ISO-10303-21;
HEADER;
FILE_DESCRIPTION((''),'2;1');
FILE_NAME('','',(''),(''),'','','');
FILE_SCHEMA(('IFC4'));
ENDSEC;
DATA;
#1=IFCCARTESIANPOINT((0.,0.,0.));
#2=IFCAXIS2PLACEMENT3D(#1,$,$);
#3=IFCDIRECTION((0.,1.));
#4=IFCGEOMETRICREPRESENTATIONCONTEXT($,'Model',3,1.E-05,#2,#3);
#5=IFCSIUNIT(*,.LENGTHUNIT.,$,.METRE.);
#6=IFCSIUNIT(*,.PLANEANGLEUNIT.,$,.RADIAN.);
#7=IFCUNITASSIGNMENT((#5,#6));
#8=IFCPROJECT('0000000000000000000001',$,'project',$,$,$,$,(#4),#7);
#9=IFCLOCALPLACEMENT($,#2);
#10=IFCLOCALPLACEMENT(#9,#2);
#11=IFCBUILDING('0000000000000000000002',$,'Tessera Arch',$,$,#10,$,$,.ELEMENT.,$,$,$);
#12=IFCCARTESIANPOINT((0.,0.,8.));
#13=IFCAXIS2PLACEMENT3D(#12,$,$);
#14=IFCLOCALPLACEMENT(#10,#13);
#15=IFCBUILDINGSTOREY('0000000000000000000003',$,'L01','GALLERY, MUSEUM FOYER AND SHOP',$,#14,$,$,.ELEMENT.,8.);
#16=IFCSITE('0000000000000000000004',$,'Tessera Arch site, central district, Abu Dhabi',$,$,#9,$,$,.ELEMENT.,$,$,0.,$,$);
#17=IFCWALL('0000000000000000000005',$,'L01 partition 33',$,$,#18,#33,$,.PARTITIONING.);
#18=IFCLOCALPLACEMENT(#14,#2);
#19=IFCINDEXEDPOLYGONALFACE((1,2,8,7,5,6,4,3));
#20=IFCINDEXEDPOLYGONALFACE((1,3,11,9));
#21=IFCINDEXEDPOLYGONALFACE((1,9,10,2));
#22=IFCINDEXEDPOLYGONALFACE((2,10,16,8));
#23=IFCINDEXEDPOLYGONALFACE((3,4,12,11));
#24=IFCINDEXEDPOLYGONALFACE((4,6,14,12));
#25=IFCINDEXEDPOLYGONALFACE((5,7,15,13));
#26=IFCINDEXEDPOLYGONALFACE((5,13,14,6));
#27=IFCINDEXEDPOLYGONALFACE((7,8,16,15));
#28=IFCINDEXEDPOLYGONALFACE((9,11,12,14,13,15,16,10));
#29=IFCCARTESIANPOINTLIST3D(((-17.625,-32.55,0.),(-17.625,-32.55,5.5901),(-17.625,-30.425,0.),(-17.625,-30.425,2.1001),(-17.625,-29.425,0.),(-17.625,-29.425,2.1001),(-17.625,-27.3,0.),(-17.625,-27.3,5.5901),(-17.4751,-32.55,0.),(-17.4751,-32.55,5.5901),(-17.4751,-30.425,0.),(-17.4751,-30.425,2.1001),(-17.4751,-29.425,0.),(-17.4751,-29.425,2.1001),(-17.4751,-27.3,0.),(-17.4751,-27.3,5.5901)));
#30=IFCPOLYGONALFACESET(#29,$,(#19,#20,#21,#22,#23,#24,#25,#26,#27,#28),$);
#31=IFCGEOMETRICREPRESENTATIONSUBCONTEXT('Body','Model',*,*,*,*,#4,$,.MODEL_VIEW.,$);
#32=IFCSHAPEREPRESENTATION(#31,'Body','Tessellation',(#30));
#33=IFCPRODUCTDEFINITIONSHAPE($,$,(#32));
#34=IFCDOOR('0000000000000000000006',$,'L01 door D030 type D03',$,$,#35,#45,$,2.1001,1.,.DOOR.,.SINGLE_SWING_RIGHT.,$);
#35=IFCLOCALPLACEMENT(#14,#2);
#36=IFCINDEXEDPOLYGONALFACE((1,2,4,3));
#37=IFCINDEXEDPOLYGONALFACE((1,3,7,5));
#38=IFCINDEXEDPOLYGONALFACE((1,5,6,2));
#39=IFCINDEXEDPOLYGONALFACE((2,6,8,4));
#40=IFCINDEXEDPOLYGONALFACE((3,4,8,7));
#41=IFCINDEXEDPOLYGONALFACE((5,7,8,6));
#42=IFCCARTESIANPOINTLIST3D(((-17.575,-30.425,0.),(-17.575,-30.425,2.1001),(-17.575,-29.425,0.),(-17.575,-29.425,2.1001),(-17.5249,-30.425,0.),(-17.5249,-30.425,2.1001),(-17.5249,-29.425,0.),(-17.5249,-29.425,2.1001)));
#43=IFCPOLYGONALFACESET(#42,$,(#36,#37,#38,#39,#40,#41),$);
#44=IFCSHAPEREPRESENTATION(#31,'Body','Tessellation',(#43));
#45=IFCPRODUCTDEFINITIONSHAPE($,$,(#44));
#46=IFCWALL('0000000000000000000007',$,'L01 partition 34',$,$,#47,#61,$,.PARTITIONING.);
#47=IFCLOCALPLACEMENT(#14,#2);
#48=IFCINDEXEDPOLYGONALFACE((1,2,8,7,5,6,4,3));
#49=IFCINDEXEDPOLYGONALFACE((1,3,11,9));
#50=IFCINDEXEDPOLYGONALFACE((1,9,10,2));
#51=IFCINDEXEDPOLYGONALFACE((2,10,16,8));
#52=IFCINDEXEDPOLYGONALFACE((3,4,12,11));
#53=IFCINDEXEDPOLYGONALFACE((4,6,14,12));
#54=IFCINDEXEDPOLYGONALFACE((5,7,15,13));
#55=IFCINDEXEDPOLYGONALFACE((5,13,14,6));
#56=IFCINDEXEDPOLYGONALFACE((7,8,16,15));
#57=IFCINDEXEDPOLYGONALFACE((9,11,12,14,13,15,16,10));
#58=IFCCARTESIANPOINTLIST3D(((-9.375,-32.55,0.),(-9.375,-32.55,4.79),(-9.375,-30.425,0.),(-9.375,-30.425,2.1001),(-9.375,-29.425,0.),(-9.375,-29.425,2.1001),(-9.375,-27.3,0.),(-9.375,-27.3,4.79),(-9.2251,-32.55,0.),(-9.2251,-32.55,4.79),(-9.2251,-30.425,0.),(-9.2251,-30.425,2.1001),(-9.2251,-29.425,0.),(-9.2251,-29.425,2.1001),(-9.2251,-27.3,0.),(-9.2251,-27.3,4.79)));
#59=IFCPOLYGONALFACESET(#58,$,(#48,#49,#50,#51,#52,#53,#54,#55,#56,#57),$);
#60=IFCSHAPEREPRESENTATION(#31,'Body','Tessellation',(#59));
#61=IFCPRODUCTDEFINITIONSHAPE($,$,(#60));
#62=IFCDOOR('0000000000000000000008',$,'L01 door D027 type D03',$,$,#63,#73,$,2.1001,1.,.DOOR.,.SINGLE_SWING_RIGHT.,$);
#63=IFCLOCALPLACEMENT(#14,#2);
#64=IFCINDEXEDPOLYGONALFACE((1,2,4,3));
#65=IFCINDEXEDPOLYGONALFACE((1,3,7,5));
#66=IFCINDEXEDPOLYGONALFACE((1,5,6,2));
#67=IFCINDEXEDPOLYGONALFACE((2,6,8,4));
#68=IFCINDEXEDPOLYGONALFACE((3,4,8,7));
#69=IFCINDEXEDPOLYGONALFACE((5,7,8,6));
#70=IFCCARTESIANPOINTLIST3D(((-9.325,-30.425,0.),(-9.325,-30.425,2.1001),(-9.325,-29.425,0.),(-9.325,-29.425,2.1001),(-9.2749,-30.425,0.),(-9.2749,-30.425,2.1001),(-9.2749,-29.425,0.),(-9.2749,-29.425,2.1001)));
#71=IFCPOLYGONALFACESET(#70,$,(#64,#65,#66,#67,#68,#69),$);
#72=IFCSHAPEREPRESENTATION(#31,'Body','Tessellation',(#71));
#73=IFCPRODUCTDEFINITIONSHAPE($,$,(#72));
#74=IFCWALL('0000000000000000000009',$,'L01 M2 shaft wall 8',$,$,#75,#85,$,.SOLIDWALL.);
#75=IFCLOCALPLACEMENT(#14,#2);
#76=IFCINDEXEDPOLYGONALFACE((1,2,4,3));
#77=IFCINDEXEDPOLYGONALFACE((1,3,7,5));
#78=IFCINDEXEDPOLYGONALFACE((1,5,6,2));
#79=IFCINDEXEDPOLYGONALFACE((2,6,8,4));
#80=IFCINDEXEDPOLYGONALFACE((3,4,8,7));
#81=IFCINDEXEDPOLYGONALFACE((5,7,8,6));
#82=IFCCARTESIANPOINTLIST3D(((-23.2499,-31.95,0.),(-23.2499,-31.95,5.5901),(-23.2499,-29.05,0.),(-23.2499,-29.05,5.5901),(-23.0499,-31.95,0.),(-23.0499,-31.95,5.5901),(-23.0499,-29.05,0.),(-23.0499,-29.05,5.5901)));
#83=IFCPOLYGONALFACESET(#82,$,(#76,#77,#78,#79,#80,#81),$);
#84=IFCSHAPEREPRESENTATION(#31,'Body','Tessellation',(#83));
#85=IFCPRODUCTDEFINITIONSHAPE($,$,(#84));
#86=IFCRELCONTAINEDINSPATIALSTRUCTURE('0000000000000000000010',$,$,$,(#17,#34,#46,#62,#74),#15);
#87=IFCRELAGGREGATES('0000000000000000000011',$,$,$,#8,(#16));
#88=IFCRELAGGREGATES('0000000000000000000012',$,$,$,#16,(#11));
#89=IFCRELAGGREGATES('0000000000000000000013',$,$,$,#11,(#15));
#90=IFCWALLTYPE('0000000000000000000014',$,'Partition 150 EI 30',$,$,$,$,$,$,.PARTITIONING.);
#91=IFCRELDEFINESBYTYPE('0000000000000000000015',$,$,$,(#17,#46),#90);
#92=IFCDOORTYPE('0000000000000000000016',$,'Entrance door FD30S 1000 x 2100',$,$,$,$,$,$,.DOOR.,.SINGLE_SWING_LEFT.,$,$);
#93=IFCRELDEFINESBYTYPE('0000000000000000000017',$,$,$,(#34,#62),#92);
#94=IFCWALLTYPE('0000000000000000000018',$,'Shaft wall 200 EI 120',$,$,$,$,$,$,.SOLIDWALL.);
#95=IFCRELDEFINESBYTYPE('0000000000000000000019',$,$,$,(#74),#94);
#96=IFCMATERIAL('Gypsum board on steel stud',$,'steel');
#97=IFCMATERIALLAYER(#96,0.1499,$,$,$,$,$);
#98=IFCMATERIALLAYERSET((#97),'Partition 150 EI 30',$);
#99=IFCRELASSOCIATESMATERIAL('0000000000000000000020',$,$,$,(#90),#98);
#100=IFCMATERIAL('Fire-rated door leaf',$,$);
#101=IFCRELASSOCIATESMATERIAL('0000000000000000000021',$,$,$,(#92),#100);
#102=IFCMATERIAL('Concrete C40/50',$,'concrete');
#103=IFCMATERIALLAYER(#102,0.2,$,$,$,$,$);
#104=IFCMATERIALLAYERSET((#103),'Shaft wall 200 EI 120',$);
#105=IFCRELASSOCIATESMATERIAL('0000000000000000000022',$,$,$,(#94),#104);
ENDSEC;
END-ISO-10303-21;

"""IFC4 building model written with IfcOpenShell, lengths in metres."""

from ifc_helpers import new_model, si_unit, direction, frame, frame_2d, origin, place, context, subcontext, project, spatial, rectangle, extrude, material, layer, layer_set, type_object, element, fill, save


model = new_model("IFC4")

# Units and contexts
model_context = context("Model", 3, precision=1e-05, world=origin(), true_north=direction((0.0, 1.0)))
body_context = subcontext(model_context, "Body", "Model", "MODEL_VIEW")
ifc_project = project(units=[si_unit("LENGTHUNIT", "METRE"), si_unit("PLANEANGLEUNIT", "RADIAN")], contexts=[model_context])

# Site, building, storey
site_placement = place(None, origin())
site = spatial("IfcSite", under=ifc_project, at=site_placement, Name="Tessera Arch site, central district, Abu Dhabi", CompositionType="ELEMENT", RefElevation=0.0)
building_placement = place(site_placement, origin())
building = spatial("IfcBuilding", under=site, at=building_placement, Name="Tessera Arch", CompositionType="ELEMENT")
storey_placement = place(building_placement, frame((0.0, 0.0, 8.0)))
storey = spatial("IfcBuildingStorey", under=building, at=storey_placement, Name="L01", Description="GALLERY, MUSEUM FOYER AND SHOP", CompositionType="ELEMENT", Elevation=8.0)

# Walls, openings, doors
ifc_material_1 = material(Name="Gypsum board on steel stud", Category="steel")
ifc_layer_1 = layer(ifc_material_1, 0.1499)
ifc_layer_set_1 = layer_set([ifc_layer_1], Name="Partition 150 EI 30")
wall_type_1 = type_object("IfcWallType", Name="Partition 150 EI 30", PredefinedType="PARTITIONING", material=ifc_layer_set_1)
wall_1_placement = place(storey_placement, frame((-17.55, -32.55, 0.0), z_axis=(0.0, 0.0, 1.0), x_axis=(0.0, 1.0, 0.0)))
wall_1 = element("IfcWall", 1, at=wall_1_placement, inside=storey, type_object=wall_type_1, Name="L01 partition 33", PredefinedType="PARTITIONING", context=body_context, shape_type="SweptSolid", body=[
    extrude(rectangle(XDim=5.25, YDim=0.1499, at=frame_2d((2.625, 0.0))), origin(), (0.0, 0.0, 1.0), 5.5901),
])
opening_1_placement = place(wall_1_placement, frame((2.125, 0.0, 0.0)))
opening_1 = element("IfcOpeningElement", 2, at=opening_1_placement, cuts=wall_1, PredefinedType="OPENING", context=body_context, shape_type="SweptSolid", body=[
    extrude(rectangle(XDim=1.0, YDim=2.1001, at=frame_2d((0.5, 1.05))), frame((0.0, 0.085, 0.0), z_axis=(0.0, -1.0, 0.0), x_axis=(1.0, 0.0, 0.0)), (0.0, 0.0, 1.0), 0.1699),
])
ifc_material_2 = material(Name="Fire-rated door leaf")
door_type = type_object("IfcDoorType", Name="Entrance door FD30S 1000 x 2100", OperationType="SINGLE_SWING_LEFT", PredefinedType="DOOR", material=ifc_material_2)
door_1_placement = place(opening_1_placement, origin())
door_1 = element("IfcDoor", 3, at=door_1_placement, inside=storey, type_object=door_type, Name="L01 door D030 type D03", OperationType="SINGLE_SWING_RIGHT", OverallHeight=2.1001, OverallWidth=1.0, PredefinedType="DOOR", context=body_context, shape_type="SweptSolid", body=[
    extrude(rectangle(XDim=1.0, YDim=2.1001, at=frame_2d((0.5, 1.05))), frame((0.0, 0.0249, 0.0), z_axis=(0.0, -1.0, 0.0), x_axis=(1.0, 0.0, 0.0)), (0.0, 0.0, 1.0), 0.05),
])
fill(opening_1, door_1)
wall_2_placement = place(storey_placement, frame((-9.3, -32.55, 0.0), z_axis=(0.0, 0.0, 1.0), x_axis=(0.0, 1.0, 0.0)))
wall_2 = element("IfcWall", 4, at=wall_2_placement, inside=storey, type_object=wall_type_1, Name="L01 partition 34", PredefinedType="PARTITIONING", context=body_context, shape_type="SweptSolid", body=[
    extrude(rectangle(XDim=5.25, YDim=0.1499, at=frame_2d((2.625, 0.0))), origin(), (0.0, 0.0, 1.0), 4.79),
])
opening_2_placement = place(wall_2_placement, frame((2.125, 0.0, 0.0)))
opening_2 = element("IfcOpeningElement", 5, at=opening_2_placement, cuts=wall_2, PredefinedType="OPENING", context=body_context, shape_type="SweptSolid", body=[
    extrude(rectangle(XDim=1.0, YDim=2.1001, at=frame_2d((0.5, 1.05))), frame((0.0, 0.085, 0.0), z_axis=(0.0, -1.0, 0.0), x_axis=(1.0, 0.0, 0.0)), (0.0, 0.0, 1.0), 0.1699),
])
door_2_placement = place(opening_2_placement, origin())
door_2 = element("IfcDoor", 6, at=door_2_placement, inside=storey, type_object=door_type, Name="L01 door D027 type D03", OperationType="SINGLE_SWING_RIGHT", OverallHeight=2.1001, OverallWidth=1.0, PredefinedType="DOOR", context=body_context, shape_type="SweptSolid", body=[
    extrude(rectangle(XDim=1.0, YDim=2.1001, at=frame_2d((0.5, 1.05))), frame((0.0, 0.0249, 0.0), z_axis=(0.0, -1.0, 0.0), x_axis=(1.0, 0.0, 0.0)), (0.0, 0.0, 1.0), 0.05),
])
fill(opening_2, door_2)

# Wall
ifc_material_3 = material(Name="Concrete C40/50", Category="concrete")
ifc_layer_2 = layer(ifc_material_3, 0.2)
ifc_layer_set_2 = layer_set([ifc_layer_2], Name="Shaft wall 200 EI 120")
wall_type_2 = type_object("IfcWallType", Name="Shaft wall 200 EI 120", PredefinedType="SOLIDWALL", material=ifc_layer_set_2)
wall_3_placement = place(storey_placement, frame((-23.1499, -31.95, 0.0), z_axis=(0.0, 0.0, 1.0), x_axis=(0.0, 1.0, 0.0)))
element("IfcWall", 7, at=wall_3_placement, inside=storey, type_object=wall_type_2, Name="L01 M2 shaft wall 8", PredefinedType="SOLIDWALL", context=body_context, shape_type="SweptSolid", body=[
    extrude(rectangle(XDim=2.8999, YDim=0.2, at=frame_2d((1.45, 0.0))), origin(), (0.0, 0.0, 1.0), 5.5901),
])

save(model, "model.ifc")
